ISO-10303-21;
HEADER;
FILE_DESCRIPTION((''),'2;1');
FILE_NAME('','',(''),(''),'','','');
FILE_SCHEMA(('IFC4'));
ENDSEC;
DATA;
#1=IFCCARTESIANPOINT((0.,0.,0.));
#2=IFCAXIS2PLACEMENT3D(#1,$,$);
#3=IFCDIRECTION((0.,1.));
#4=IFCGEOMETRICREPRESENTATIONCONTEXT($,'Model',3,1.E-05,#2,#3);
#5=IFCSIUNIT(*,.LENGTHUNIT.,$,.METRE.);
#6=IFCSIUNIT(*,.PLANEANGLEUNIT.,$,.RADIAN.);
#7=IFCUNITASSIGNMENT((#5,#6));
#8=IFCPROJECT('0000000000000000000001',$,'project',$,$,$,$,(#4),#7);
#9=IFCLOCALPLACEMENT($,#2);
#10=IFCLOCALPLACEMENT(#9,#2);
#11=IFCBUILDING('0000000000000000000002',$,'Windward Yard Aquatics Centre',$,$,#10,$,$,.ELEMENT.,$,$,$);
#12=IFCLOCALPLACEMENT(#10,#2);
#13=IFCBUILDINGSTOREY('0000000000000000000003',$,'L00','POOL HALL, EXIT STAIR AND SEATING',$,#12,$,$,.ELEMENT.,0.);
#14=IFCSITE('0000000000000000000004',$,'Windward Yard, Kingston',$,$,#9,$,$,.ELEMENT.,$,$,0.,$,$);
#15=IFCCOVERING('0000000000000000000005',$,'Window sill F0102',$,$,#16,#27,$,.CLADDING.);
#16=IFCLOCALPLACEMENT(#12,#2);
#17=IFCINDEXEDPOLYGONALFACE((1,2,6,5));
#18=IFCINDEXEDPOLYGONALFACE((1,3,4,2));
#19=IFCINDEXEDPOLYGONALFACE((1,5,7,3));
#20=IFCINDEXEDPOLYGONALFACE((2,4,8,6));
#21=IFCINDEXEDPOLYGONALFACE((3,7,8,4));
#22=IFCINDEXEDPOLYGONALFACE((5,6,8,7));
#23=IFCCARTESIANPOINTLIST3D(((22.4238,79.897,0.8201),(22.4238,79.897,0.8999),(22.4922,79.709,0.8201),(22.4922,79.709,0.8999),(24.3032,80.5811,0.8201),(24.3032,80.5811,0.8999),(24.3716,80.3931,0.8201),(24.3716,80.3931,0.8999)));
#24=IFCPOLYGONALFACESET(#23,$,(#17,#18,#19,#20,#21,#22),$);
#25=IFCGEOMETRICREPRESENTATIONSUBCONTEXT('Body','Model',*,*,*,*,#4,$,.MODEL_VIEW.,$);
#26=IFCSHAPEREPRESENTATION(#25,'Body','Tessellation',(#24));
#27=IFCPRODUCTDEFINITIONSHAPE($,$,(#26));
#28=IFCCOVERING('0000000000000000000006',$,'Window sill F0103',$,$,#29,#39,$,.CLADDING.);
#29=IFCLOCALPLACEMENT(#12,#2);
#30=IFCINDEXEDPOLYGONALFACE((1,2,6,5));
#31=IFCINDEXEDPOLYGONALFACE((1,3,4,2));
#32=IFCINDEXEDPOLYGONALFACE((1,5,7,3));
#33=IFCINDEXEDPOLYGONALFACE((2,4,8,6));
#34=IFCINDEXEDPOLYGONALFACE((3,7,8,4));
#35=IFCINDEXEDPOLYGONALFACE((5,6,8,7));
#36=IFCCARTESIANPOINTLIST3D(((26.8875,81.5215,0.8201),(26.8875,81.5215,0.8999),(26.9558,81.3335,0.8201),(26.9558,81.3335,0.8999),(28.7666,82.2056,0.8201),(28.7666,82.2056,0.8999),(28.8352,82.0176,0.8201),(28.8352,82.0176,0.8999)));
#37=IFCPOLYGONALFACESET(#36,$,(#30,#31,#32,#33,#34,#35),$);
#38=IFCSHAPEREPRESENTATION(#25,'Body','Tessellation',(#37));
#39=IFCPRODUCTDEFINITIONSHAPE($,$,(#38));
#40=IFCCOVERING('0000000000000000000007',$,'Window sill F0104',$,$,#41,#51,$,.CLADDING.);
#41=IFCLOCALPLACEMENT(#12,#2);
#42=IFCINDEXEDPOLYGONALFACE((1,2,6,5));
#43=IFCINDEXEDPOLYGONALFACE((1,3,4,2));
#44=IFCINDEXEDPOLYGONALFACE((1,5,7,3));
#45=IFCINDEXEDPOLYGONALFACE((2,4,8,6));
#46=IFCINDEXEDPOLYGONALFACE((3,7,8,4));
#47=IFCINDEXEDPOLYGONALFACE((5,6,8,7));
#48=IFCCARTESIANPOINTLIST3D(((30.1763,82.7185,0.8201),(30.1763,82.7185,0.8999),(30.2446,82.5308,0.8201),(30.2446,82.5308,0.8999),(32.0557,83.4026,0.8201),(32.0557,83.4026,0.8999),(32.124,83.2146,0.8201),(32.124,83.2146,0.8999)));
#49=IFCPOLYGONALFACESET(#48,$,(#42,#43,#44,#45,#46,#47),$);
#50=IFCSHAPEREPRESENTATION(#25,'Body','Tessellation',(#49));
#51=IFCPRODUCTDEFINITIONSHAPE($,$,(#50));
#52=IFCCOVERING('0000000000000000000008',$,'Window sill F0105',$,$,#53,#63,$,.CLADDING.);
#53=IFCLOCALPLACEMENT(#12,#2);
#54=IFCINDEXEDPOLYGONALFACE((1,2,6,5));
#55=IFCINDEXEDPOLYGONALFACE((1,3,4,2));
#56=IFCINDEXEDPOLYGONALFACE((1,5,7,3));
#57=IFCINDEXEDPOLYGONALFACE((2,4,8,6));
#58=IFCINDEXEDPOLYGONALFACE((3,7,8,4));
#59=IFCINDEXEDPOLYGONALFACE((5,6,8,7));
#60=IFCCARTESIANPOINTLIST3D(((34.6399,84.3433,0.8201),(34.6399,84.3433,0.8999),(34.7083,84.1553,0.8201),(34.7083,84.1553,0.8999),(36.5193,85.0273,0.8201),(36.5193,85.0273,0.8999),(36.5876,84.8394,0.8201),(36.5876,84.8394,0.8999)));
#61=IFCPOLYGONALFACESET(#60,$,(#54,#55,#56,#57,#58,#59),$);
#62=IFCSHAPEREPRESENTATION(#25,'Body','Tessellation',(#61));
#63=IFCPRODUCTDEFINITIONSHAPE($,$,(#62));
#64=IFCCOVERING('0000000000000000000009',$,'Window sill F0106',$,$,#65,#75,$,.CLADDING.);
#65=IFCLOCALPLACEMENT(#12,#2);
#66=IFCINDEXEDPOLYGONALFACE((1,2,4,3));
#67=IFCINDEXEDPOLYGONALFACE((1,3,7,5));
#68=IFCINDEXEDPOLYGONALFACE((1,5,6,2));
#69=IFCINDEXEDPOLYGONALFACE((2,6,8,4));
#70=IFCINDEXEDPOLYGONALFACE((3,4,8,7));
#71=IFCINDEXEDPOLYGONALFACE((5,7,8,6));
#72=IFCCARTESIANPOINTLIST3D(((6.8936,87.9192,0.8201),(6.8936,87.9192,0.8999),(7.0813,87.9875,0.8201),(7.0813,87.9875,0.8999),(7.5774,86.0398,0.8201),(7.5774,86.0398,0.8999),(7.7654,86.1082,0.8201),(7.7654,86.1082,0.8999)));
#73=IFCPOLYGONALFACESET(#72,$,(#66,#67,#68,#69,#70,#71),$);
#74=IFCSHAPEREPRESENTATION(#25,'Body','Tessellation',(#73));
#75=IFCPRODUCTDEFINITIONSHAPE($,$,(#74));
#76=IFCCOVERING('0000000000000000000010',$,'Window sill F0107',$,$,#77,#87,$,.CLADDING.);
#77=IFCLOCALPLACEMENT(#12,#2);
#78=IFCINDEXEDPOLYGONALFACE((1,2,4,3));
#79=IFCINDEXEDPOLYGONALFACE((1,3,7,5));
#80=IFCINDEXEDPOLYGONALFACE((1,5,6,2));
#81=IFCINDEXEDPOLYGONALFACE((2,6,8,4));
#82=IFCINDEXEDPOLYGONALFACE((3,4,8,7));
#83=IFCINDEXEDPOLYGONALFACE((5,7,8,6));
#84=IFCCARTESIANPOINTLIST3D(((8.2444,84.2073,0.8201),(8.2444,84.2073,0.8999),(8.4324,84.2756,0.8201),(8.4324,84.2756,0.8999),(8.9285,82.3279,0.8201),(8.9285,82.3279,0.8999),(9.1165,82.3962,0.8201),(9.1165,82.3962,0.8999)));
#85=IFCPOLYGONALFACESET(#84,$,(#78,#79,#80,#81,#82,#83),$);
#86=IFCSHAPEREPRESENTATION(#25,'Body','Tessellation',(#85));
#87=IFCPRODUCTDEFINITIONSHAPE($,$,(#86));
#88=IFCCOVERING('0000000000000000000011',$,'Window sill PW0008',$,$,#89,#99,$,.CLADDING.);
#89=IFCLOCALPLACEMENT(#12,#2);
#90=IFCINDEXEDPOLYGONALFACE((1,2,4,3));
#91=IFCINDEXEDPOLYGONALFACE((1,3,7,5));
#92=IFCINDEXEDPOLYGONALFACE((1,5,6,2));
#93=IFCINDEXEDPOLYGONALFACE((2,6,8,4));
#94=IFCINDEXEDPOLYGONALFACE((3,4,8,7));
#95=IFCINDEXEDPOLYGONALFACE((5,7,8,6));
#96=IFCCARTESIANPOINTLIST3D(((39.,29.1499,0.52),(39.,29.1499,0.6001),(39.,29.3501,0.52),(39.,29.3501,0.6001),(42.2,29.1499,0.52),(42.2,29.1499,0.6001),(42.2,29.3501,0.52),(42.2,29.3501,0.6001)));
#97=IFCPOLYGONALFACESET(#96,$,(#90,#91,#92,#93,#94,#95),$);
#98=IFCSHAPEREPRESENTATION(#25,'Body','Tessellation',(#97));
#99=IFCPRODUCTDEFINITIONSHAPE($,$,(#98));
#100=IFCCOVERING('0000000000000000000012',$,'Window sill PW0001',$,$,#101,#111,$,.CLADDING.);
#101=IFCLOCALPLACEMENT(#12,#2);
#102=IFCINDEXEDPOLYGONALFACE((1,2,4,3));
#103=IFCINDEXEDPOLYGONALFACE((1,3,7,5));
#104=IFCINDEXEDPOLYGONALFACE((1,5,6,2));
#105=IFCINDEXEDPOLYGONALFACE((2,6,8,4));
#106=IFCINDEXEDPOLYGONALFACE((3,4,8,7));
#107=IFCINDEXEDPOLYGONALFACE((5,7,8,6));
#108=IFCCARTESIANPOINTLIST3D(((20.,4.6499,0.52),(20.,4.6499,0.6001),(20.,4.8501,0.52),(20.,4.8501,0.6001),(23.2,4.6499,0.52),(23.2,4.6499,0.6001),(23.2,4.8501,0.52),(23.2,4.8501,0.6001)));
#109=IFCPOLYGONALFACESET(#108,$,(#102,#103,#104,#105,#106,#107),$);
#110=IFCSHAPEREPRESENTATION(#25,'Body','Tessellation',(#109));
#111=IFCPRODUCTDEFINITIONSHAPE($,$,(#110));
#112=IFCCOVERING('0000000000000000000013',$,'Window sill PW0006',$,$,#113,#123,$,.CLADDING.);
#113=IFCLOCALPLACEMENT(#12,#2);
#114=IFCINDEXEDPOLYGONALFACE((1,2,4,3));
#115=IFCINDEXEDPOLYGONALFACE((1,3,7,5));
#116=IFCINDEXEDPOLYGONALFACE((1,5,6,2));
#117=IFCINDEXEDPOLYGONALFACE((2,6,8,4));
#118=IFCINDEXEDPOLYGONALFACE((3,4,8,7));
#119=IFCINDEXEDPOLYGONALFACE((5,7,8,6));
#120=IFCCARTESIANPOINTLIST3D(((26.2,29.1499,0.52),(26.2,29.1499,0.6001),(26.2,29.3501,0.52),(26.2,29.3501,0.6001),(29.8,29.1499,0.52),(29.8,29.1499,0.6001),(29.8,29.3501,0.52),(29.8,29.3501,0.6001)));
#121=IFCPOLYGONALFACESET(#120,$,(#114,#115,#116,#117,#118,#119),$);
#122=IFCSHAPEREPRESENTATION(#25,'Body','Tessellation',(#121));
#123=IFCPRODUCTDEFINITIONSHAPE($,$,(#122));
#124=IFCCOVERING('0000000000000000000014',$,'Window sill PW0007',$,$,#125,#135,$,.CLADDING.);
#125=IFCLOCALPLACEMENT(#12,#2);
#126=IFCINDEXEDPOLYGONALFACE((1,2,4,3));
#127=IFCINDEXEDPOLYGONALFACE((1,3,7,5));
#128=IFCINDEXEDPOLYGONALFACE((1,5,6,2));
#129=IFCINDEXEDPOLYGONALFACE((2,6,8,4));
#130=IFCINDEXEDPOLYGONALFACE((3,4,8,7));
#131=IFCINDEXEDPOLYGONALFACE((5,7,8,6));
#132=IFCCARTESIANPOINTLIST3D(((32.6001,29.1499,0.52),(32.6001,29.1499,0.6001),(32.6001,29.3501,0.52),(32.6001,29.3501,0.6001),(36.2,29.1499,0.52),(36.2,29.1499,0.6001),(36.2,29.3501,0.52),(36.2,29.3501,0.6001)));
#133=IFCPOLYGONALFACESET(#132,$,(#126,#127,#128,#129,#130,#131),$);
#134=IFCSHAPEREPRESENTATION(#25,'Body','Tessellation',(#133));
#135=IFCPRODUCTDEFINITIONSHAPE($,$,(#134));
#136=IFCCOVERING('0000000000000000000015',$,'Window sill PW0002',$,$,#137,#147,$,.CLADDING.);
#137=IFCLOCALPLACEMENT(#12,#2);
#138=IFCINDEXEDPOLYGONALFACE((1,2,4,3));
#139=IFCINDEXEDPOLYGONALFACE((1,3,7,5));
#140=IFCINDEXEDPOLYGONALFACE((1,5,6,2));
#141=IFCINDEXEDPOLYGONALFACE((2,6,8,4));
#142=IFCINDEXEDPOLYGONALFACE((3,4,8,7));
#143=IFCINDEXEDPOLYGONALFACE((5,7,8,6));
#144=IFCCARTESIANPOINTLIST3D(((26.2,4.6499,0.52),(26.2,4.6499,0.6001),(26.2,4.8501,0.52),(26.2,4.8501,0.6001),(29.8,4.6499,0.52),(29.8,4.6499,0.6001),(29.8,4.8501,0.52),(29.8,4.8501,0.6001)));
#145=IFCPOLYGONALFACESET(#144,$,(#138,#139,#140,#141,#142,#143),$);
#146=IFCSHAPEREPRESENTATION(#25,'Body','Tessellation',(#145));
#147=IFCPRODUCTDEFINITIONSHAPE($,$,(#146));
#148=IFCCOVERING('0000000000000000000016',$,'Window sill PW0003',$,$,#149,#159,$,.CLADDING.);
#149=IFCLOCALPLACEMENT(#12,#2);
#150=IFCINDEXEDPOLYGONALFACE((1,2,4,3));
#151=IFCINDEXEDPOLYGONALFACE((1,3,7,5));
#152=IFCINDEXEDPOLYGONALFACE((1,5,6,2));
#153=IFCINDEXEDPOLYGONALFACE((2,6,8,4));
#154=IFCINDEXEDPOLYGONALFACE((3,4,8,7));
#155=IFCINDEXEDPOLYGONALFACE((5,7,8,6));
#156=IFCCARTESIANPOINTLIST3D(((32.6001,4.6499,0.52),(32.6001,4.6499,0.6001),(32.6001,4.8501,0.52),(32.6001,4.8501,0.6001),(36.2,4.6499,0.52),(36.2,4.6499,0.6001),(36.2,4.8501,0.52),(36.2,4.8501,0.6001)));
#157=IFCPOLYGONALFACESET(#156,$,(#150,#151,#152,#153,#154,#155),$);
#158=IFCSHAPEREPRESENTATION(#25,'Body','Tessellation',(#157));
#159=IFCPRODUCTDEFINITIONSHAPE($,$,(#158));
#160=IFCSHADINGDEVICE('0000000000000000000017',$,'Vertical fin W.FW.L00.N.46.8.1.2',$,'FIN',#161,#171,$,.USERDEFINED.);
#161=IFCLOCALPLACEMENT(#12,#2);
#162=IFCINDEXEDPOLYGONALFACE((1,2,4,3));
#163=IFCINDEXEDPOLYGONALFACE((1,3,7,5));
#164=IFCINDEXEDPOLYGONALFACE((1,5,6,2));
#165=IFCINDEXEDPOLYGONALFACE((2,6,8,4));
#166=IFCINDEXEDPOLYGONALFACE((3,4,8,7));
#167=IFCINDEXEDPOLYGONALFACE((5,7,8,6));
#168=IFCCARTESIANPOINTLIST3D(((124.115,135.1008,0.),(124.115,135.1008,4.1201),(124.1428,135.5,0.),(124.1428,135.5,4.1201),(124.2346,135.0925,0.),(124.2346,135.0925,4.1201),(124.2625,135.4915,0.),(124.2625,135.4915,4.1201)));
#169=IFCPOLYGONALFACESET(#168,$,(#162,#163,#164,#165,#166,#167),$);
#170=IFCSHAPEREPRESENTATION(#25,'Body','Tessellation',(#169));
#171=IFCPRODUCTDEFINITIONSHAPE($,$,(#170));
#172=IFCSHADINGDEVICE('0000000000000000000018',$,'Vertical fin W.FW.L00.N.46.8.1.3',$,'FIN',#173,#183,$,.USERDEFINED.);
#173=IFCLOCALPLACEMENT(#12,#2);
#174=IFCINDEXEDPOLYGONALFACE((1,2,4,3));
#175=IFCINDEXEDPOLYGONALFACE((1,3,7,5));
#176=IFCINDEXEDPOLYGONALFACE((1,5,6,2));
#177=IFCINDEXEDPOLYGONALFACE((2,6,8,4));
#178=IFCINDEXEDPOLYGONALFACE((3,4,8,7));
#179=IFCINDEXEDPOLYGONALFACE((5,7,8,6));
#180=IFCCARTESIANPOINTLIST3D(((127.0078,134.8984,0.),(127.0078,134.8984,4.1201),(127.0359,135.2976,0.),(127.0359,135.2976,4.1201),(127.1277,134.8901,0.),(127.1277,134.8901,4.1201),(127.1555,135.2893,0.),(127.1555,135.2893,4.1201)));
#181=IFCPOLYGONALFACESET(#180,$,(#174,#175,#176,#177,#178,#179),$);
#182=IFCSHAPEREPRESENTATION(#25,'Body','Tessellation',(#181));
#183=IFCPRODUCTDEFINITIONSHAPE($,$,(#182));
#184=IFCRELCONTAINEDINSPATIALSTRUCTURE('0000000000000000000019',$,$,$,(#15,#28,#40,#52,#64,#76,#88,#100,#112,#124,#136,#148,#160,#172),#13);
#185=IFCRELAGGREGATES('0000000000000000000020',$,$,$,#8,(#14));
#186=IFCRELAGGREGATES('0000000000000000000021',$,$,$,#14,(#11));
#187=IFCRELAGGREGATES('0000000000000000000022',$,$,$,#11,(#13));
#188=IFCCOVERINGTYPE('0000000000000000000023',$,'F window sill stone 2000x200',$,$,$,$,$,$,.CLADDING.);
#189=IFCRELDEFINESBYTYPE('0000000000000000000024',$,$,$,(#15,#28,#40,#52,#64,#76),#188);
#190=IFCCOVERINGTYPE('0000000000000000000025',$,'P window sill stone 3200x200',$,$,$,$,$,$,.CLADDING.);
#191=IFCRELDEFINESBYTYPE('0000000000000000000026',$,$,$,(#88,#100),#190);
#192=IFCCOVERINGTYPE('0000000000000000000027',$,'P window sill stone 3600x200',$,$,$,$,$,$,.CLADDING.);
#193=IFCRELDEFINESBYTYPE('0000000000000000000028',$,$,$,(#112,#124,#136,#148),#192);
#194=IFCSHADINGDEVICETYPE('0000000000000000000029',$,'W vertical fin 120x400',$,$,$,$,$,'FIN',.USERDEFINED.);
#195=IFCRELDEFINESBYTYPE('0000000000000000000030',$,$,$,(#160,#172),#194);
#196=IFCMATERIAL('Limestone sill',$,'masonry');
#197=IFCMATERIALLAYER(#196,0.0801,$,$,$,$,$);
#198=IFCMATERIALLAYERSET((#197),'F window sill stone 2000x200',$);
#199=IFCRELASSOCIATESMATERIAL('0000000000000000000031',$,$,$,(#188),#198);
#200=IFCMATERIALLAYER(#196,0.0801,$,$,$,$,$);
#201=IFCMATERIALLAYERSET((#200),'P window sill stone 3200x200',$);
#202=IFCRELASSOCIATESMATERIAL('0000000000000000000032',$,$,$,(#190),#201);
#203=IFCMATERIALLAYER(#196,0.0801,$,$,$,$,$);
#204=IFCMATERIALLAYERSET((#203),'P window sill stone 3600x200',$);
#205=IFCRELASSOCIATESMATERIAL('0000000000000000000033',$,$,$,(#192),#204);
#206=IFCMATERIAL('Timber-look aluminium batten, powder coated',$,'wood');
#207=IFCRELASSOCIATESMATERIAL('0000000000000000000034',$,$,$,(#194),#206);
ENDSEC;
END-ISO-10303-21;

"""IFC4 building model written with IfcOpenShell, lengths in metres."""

from ifc_helpers import new_model, si_unit, direction, frame, origin, place, context, subcontext, project, spatial, polyline, outline, extrude, material, layer, layer_set, type_object, element, save


model = new_model("IFC4")

# Units and contexts
model_context = context("Model", 3, precision=1e-05, world=origin(), true_north=direction((0.0, 1.0)))
body_context = subcontext(model_context, "Body", "Model", "MODEL_VIEW")
ifc_project = project(units=[si_unit("LENGTHUNIT", "METRE"), si_unit("PLANEANGLEUNIT", "RADIAN")], contexts=[model_context])

# Site, building, storey
site_placement = place(None, origin())
site = spatial("IfcSite", under=ifc_project, at=site_placement, Name="Windward Yard, Kingston", CompositionType="ELEMENT", RefElevation=0.0)
building_placement = place(site_placement, origin())
building = spatial("IfcBuilding", under=site, at=building_placement, Name="Windward Yard Aquatics Centre", CompositionType="ELEMENT")
storey_placement = place(building_placement, origin())
storey = spatial("IfcBuildingStorey", under=building, at=storey_placement, Name="L00", Description="POOL HALL, EXIT STAIR AND SEATING", CompositionType="ELEMENT", Elevation=0.0)

# Coverings
ifc_material_1 = material(Name="Limestone sill", Category="masonry")
ifc_layer_1 = layer(ifc_material_1, 0.0801)
ifc_layer_set_1 = layer_set([ifc_layer_1], Name="F window sill stone 2000x200")
covering_type_1 = type_object("IfcCoveringType", Name="F window sill stone 2000x200", PredefinedType="CLADDING", material=ifc_layer_set_1)
covering_1_placement = place(storey_placement, frame((0.0, 0.0, 0.8201)))
element("IfcCovering", 1, at=covering_1_placement, inside=storey, type_object=covering_type_1, Name="Window sill F0102", PredefinedType="CLADDING", context=body_context, shape_type="SweptSolid", body=[
    extrude(outline(polyline([(22.4238, 79.897), (24.3032, 80.5811), (24.3716, 80.3931), (22.4922, 79.709), (22.4238, 79.897)])), origin(), (0.0, 0.0, 1.0), 0.0798),
])
covering_2_placement = place(storey_placement, frame((0.0, 0.0, 0.8201)))
element("IfcCovering", 2, at=covering_2_placement, inside=storey, type_object=covering_type_1, Name="Window sill F0103", PredefinedType="CLADDING", context=body_context, shape_type="SweptSolid", body=[
    extrude(outline(polyline([(26.8875, 81.5215), (28.7666, 82.2056), (28.8352, 82.0176), (26.9558, 81.3335), (26.8875, 81.5215)])), origin(), (0.0, 0.0, 1.0), 0.0798),
])
covering_3_placement = place(storey_placement, frame((0.0, 0.0, 0.8201)))
element("IfcCovering", 3, at=covering_3_placement, inside=storey, type_object=covering_type_1, Name="Window sill F0104", PredefinedType="CLADDING", context=body_context, shape_type="SweptSolid", body=[
    extrude(outline(polyline([(30.1763, 82.7185), (32.0557, 83.4026), (32.124, 83.2146), (30.2446, 82.5308), (30.1763, 82.7185)])), origin(), (0.0, 0.0, 1.0), 0.0798),
])
covering_4_placement = place(storey_placement, frame((0.0, 0.0, 0.8201)))
element("IfcCovering", 4, at=covering_4_placement, inside=storey, type_object=covering_type_1, Name="Window sill F0105", PredefinedType="CLADDING", context=body_context, shape_type="SweptSolid", body=[
    extrude(outline(polyline([(34.6399, 84.3433), (36.5193, 85.0273), (36.5876, 84.8394), (34.7083, 84.1553), (34.6399, 84.3433)])), origin(), (0.0, 0.0, 1.0), 0.0798),
])
covering_5_placement = place(storey_placement, frame((0.0, 0.0, 0.8201)))
element("IfcCovering", 5, at=covering_5_placement, inside=storey, type_object=covering_type_1, Name="Window sill F0106", PredefinedType="CLADDING", context=body_context, shape_type="SweptSolid", body=[
    extrude(outline(polyline([(6.8936, 87.9192), (7.0813, 87.9875), (7.7654, 86.1082), (7.5774, 86.0398), (6.8936, 87.9192)])), origin(), (0.0, 0.0, 1.0), 0.0798),
])
covering_6_placement = place(storey_placement, frame((0.0, 0.0, 0.8201)))
element("IfcCovering", 6, at=covering_6_placement, inside=storey, type_object=covering_type_1, Name="Window sill F0107", PredefinedType="CLADDING", context=body_context, shape_type="SweptSolid", body=[
    extrude(outline(polyline([(8.2444, 84.2073), (8.4324, 84.2756), (9.1165, 82.3962), (8.9285, 82.3279), (8.2444, 84.2073)])), origin(), (0.0, 0.0, 1.0), 0.0798),
])
ifc_layer_2 = layer(ifc_material_1, 0.0801)
ifc_layer_set_2 = layer_set([ifc_layer_2], Name="P window sill stone 3200x200")
covering_type_2 = type_object("IfcCoveringType", Name="P window sill stone 3200x200", PredefinedType="CLADDING", material=ifc_layer_set_2)
covering_7_placement = place(storey_placement, frame((0.0, 0.0, 0.52)))
element("IfcCovering", 7, at=covering_7_placement, inside=storey, type_object=covering_type_2, Name="Window sill PW0008", PredefinedType="CLADDING", context=body_context, shape_type="SweptSolid", body=[
    extrude(outline(polyline([(39.0, 29.1499), (42.2, 29.1499), (42.2, 29.3501), (39.0, 29.3501), (39.0, 29.1499)])), origin(), (0.0, 0.0, 1.0), 0.0801),
])
covering_8_placement = place(storey_placement, frame((0.0, 0.0, 0.52)))
element("IfcCovering", 8, at=covering_8_placement, inside=storey, type_object=covering_type_2, Name="Window sill PW0001", PredefinedType="CLADDING", context=body_context, shape_type="SweptSolid", body=[
    extrude(outline(polyline([(20.0, 4.6499), (20.0, 4.8501), (23.2, 4.8501), (23.2, 4.6499), (20.0, 4.6499)])), origin(), (0.0, 0.0, 1.0), 0.0801),
])
ifc_layer_3 = layer(ifc_material_1, 0.0801)
ifc_layer_set_3 = layer_set([ifc_layer_3], Name="P window sill stone 3600x200")
covering_type_3 = type_object("IfcCoveringType", Name="P window sill stone 3600x200", PredefinedType="CLADDING", material=ifc_layer_set_3)
covering_9_placement = place(storey_placement, frame((0.0, 0.0, 0.52)))
element("IfcCovering", 9, at=covering_9_placement, inside=storey, type_object=covering_type_3, Name="Window sill PW0006", PredefinedType="CLADDING", context=body_context, shape_type="SweptSolid", body=[
    extrude(outline(polyline([(26.2, 29.1499), (29.8, 29.1499), (29.8, 29.3501), (26.2, 29.3501), (26.2, 29.1499)])), origin(), (0.0, 0.0, 1.0), 0.0801),
])
covering_10_placement = place(storey_placement, frame((0.0, 0.0, 0.52)))
element("IfcCovering", 10, at=covering_10_placement, inside=storey, type_object=covering_type_3, Name="Window sill PW0007", PredefinedType="CLADDING", context=body_context, shape_type="SweptSolid", body=[
    extrude(outline(polyline([(32.6001, 29.1499), (36.2, 29.1499), (36.2, 29.3501), (32.6001, 29.3501), (32.6001, 29.1499)])), origin(), (0.0, 0.0, 1.0), 0.0801),
])
covering_11_placement = place(storey_placement, frame((0.0, 0.0, 0.52)))
element("IfcCovering", 11, at=covering_11_placement, inside=storey, type_object=covering_type_3, Name="Window sill PW0002", PredefinedType="CLADDING", context=body_context, shape_type="SweptSolid", body=[
    extrude(outline(polyline([(26.2, 4.6499), (26.2, 4.8501), (29.8, 4.8501), (29.8, 4.6499), (26.2, 4.6499)])), origin(), (0.0, 0.0, 1.0), 0.0801),
])
covering_12_placement = place(storey_placement, frame((0.0, 0.0, 0.52)))
element("IfcCovering", 12, at=covering_12_placement, inside=storey, type_object=covering_type_3, Name="Window sill PW0003", PredefinedType="CLADDING", context=body_context, shape_type="SweptSolid", body=[
    extrude(outline(polyline([(32.6001, 4.6499), (32.6001, 4.8501), (36.2, 4.8501), (36.2, 4.6499), (32.6001, 4.6499)])), origin(), (0.0, 0.0, 1.0), 0.0801),
])

# Shading devices
ifc_material_2 = material(Name="Timber-look aluminium batten, powder coated", Category="wood")
shading_device_type = type_object("IfcShadingDeviceType", Name="W vertical fin 120x400", ElementType="FIN", PredefinedType="USERDEFINED", material=ifc_material_2)
shading_device_1_placement = place(storey_placement, origin())
element("IfcShadingDevice", 13, at=shading_device_1_placement, inside=storey, type_object=shading_device_type, Name="Vertical fin W.FW.L00.N.46.8.1.2", ObjectType="FIN", PredefinedType="USERDEFINED", context=body_context, shape_type="SweptSolid", body=[
    extrude(outline(polyline([(124.115, 135.1008), (124.2346, 135.0925), (124.2625, 135.4915), (124.1428, 135.5), (124.115, 135.1008)])), origin(), (0.0, 0.0, 1.0), 4.1201),
])
shading_device_2_placement = place(storey_placement, origin())
element("IfcShadingDevice", 14, at=shading_device_2_placement, inside=storey, type_object=shading_device_type, Name="Vertical fin W.FW.L00.N.46.8.1.3", ObjectType="FIN", PredefinedType="USERDEFINED", context=body_context, shape_type="SweptSolid", body=[
    extrude(outline(polyline([(127.0078, 134.8984), (127.1277, 134.8901), (127.1555, 135.2893), (127.0359, 135.2976), (127.0078, 134.8984)])), origin(), (0.0, 0.0, 1.0), 4.1201),
])

save(model, "model.ifc")
